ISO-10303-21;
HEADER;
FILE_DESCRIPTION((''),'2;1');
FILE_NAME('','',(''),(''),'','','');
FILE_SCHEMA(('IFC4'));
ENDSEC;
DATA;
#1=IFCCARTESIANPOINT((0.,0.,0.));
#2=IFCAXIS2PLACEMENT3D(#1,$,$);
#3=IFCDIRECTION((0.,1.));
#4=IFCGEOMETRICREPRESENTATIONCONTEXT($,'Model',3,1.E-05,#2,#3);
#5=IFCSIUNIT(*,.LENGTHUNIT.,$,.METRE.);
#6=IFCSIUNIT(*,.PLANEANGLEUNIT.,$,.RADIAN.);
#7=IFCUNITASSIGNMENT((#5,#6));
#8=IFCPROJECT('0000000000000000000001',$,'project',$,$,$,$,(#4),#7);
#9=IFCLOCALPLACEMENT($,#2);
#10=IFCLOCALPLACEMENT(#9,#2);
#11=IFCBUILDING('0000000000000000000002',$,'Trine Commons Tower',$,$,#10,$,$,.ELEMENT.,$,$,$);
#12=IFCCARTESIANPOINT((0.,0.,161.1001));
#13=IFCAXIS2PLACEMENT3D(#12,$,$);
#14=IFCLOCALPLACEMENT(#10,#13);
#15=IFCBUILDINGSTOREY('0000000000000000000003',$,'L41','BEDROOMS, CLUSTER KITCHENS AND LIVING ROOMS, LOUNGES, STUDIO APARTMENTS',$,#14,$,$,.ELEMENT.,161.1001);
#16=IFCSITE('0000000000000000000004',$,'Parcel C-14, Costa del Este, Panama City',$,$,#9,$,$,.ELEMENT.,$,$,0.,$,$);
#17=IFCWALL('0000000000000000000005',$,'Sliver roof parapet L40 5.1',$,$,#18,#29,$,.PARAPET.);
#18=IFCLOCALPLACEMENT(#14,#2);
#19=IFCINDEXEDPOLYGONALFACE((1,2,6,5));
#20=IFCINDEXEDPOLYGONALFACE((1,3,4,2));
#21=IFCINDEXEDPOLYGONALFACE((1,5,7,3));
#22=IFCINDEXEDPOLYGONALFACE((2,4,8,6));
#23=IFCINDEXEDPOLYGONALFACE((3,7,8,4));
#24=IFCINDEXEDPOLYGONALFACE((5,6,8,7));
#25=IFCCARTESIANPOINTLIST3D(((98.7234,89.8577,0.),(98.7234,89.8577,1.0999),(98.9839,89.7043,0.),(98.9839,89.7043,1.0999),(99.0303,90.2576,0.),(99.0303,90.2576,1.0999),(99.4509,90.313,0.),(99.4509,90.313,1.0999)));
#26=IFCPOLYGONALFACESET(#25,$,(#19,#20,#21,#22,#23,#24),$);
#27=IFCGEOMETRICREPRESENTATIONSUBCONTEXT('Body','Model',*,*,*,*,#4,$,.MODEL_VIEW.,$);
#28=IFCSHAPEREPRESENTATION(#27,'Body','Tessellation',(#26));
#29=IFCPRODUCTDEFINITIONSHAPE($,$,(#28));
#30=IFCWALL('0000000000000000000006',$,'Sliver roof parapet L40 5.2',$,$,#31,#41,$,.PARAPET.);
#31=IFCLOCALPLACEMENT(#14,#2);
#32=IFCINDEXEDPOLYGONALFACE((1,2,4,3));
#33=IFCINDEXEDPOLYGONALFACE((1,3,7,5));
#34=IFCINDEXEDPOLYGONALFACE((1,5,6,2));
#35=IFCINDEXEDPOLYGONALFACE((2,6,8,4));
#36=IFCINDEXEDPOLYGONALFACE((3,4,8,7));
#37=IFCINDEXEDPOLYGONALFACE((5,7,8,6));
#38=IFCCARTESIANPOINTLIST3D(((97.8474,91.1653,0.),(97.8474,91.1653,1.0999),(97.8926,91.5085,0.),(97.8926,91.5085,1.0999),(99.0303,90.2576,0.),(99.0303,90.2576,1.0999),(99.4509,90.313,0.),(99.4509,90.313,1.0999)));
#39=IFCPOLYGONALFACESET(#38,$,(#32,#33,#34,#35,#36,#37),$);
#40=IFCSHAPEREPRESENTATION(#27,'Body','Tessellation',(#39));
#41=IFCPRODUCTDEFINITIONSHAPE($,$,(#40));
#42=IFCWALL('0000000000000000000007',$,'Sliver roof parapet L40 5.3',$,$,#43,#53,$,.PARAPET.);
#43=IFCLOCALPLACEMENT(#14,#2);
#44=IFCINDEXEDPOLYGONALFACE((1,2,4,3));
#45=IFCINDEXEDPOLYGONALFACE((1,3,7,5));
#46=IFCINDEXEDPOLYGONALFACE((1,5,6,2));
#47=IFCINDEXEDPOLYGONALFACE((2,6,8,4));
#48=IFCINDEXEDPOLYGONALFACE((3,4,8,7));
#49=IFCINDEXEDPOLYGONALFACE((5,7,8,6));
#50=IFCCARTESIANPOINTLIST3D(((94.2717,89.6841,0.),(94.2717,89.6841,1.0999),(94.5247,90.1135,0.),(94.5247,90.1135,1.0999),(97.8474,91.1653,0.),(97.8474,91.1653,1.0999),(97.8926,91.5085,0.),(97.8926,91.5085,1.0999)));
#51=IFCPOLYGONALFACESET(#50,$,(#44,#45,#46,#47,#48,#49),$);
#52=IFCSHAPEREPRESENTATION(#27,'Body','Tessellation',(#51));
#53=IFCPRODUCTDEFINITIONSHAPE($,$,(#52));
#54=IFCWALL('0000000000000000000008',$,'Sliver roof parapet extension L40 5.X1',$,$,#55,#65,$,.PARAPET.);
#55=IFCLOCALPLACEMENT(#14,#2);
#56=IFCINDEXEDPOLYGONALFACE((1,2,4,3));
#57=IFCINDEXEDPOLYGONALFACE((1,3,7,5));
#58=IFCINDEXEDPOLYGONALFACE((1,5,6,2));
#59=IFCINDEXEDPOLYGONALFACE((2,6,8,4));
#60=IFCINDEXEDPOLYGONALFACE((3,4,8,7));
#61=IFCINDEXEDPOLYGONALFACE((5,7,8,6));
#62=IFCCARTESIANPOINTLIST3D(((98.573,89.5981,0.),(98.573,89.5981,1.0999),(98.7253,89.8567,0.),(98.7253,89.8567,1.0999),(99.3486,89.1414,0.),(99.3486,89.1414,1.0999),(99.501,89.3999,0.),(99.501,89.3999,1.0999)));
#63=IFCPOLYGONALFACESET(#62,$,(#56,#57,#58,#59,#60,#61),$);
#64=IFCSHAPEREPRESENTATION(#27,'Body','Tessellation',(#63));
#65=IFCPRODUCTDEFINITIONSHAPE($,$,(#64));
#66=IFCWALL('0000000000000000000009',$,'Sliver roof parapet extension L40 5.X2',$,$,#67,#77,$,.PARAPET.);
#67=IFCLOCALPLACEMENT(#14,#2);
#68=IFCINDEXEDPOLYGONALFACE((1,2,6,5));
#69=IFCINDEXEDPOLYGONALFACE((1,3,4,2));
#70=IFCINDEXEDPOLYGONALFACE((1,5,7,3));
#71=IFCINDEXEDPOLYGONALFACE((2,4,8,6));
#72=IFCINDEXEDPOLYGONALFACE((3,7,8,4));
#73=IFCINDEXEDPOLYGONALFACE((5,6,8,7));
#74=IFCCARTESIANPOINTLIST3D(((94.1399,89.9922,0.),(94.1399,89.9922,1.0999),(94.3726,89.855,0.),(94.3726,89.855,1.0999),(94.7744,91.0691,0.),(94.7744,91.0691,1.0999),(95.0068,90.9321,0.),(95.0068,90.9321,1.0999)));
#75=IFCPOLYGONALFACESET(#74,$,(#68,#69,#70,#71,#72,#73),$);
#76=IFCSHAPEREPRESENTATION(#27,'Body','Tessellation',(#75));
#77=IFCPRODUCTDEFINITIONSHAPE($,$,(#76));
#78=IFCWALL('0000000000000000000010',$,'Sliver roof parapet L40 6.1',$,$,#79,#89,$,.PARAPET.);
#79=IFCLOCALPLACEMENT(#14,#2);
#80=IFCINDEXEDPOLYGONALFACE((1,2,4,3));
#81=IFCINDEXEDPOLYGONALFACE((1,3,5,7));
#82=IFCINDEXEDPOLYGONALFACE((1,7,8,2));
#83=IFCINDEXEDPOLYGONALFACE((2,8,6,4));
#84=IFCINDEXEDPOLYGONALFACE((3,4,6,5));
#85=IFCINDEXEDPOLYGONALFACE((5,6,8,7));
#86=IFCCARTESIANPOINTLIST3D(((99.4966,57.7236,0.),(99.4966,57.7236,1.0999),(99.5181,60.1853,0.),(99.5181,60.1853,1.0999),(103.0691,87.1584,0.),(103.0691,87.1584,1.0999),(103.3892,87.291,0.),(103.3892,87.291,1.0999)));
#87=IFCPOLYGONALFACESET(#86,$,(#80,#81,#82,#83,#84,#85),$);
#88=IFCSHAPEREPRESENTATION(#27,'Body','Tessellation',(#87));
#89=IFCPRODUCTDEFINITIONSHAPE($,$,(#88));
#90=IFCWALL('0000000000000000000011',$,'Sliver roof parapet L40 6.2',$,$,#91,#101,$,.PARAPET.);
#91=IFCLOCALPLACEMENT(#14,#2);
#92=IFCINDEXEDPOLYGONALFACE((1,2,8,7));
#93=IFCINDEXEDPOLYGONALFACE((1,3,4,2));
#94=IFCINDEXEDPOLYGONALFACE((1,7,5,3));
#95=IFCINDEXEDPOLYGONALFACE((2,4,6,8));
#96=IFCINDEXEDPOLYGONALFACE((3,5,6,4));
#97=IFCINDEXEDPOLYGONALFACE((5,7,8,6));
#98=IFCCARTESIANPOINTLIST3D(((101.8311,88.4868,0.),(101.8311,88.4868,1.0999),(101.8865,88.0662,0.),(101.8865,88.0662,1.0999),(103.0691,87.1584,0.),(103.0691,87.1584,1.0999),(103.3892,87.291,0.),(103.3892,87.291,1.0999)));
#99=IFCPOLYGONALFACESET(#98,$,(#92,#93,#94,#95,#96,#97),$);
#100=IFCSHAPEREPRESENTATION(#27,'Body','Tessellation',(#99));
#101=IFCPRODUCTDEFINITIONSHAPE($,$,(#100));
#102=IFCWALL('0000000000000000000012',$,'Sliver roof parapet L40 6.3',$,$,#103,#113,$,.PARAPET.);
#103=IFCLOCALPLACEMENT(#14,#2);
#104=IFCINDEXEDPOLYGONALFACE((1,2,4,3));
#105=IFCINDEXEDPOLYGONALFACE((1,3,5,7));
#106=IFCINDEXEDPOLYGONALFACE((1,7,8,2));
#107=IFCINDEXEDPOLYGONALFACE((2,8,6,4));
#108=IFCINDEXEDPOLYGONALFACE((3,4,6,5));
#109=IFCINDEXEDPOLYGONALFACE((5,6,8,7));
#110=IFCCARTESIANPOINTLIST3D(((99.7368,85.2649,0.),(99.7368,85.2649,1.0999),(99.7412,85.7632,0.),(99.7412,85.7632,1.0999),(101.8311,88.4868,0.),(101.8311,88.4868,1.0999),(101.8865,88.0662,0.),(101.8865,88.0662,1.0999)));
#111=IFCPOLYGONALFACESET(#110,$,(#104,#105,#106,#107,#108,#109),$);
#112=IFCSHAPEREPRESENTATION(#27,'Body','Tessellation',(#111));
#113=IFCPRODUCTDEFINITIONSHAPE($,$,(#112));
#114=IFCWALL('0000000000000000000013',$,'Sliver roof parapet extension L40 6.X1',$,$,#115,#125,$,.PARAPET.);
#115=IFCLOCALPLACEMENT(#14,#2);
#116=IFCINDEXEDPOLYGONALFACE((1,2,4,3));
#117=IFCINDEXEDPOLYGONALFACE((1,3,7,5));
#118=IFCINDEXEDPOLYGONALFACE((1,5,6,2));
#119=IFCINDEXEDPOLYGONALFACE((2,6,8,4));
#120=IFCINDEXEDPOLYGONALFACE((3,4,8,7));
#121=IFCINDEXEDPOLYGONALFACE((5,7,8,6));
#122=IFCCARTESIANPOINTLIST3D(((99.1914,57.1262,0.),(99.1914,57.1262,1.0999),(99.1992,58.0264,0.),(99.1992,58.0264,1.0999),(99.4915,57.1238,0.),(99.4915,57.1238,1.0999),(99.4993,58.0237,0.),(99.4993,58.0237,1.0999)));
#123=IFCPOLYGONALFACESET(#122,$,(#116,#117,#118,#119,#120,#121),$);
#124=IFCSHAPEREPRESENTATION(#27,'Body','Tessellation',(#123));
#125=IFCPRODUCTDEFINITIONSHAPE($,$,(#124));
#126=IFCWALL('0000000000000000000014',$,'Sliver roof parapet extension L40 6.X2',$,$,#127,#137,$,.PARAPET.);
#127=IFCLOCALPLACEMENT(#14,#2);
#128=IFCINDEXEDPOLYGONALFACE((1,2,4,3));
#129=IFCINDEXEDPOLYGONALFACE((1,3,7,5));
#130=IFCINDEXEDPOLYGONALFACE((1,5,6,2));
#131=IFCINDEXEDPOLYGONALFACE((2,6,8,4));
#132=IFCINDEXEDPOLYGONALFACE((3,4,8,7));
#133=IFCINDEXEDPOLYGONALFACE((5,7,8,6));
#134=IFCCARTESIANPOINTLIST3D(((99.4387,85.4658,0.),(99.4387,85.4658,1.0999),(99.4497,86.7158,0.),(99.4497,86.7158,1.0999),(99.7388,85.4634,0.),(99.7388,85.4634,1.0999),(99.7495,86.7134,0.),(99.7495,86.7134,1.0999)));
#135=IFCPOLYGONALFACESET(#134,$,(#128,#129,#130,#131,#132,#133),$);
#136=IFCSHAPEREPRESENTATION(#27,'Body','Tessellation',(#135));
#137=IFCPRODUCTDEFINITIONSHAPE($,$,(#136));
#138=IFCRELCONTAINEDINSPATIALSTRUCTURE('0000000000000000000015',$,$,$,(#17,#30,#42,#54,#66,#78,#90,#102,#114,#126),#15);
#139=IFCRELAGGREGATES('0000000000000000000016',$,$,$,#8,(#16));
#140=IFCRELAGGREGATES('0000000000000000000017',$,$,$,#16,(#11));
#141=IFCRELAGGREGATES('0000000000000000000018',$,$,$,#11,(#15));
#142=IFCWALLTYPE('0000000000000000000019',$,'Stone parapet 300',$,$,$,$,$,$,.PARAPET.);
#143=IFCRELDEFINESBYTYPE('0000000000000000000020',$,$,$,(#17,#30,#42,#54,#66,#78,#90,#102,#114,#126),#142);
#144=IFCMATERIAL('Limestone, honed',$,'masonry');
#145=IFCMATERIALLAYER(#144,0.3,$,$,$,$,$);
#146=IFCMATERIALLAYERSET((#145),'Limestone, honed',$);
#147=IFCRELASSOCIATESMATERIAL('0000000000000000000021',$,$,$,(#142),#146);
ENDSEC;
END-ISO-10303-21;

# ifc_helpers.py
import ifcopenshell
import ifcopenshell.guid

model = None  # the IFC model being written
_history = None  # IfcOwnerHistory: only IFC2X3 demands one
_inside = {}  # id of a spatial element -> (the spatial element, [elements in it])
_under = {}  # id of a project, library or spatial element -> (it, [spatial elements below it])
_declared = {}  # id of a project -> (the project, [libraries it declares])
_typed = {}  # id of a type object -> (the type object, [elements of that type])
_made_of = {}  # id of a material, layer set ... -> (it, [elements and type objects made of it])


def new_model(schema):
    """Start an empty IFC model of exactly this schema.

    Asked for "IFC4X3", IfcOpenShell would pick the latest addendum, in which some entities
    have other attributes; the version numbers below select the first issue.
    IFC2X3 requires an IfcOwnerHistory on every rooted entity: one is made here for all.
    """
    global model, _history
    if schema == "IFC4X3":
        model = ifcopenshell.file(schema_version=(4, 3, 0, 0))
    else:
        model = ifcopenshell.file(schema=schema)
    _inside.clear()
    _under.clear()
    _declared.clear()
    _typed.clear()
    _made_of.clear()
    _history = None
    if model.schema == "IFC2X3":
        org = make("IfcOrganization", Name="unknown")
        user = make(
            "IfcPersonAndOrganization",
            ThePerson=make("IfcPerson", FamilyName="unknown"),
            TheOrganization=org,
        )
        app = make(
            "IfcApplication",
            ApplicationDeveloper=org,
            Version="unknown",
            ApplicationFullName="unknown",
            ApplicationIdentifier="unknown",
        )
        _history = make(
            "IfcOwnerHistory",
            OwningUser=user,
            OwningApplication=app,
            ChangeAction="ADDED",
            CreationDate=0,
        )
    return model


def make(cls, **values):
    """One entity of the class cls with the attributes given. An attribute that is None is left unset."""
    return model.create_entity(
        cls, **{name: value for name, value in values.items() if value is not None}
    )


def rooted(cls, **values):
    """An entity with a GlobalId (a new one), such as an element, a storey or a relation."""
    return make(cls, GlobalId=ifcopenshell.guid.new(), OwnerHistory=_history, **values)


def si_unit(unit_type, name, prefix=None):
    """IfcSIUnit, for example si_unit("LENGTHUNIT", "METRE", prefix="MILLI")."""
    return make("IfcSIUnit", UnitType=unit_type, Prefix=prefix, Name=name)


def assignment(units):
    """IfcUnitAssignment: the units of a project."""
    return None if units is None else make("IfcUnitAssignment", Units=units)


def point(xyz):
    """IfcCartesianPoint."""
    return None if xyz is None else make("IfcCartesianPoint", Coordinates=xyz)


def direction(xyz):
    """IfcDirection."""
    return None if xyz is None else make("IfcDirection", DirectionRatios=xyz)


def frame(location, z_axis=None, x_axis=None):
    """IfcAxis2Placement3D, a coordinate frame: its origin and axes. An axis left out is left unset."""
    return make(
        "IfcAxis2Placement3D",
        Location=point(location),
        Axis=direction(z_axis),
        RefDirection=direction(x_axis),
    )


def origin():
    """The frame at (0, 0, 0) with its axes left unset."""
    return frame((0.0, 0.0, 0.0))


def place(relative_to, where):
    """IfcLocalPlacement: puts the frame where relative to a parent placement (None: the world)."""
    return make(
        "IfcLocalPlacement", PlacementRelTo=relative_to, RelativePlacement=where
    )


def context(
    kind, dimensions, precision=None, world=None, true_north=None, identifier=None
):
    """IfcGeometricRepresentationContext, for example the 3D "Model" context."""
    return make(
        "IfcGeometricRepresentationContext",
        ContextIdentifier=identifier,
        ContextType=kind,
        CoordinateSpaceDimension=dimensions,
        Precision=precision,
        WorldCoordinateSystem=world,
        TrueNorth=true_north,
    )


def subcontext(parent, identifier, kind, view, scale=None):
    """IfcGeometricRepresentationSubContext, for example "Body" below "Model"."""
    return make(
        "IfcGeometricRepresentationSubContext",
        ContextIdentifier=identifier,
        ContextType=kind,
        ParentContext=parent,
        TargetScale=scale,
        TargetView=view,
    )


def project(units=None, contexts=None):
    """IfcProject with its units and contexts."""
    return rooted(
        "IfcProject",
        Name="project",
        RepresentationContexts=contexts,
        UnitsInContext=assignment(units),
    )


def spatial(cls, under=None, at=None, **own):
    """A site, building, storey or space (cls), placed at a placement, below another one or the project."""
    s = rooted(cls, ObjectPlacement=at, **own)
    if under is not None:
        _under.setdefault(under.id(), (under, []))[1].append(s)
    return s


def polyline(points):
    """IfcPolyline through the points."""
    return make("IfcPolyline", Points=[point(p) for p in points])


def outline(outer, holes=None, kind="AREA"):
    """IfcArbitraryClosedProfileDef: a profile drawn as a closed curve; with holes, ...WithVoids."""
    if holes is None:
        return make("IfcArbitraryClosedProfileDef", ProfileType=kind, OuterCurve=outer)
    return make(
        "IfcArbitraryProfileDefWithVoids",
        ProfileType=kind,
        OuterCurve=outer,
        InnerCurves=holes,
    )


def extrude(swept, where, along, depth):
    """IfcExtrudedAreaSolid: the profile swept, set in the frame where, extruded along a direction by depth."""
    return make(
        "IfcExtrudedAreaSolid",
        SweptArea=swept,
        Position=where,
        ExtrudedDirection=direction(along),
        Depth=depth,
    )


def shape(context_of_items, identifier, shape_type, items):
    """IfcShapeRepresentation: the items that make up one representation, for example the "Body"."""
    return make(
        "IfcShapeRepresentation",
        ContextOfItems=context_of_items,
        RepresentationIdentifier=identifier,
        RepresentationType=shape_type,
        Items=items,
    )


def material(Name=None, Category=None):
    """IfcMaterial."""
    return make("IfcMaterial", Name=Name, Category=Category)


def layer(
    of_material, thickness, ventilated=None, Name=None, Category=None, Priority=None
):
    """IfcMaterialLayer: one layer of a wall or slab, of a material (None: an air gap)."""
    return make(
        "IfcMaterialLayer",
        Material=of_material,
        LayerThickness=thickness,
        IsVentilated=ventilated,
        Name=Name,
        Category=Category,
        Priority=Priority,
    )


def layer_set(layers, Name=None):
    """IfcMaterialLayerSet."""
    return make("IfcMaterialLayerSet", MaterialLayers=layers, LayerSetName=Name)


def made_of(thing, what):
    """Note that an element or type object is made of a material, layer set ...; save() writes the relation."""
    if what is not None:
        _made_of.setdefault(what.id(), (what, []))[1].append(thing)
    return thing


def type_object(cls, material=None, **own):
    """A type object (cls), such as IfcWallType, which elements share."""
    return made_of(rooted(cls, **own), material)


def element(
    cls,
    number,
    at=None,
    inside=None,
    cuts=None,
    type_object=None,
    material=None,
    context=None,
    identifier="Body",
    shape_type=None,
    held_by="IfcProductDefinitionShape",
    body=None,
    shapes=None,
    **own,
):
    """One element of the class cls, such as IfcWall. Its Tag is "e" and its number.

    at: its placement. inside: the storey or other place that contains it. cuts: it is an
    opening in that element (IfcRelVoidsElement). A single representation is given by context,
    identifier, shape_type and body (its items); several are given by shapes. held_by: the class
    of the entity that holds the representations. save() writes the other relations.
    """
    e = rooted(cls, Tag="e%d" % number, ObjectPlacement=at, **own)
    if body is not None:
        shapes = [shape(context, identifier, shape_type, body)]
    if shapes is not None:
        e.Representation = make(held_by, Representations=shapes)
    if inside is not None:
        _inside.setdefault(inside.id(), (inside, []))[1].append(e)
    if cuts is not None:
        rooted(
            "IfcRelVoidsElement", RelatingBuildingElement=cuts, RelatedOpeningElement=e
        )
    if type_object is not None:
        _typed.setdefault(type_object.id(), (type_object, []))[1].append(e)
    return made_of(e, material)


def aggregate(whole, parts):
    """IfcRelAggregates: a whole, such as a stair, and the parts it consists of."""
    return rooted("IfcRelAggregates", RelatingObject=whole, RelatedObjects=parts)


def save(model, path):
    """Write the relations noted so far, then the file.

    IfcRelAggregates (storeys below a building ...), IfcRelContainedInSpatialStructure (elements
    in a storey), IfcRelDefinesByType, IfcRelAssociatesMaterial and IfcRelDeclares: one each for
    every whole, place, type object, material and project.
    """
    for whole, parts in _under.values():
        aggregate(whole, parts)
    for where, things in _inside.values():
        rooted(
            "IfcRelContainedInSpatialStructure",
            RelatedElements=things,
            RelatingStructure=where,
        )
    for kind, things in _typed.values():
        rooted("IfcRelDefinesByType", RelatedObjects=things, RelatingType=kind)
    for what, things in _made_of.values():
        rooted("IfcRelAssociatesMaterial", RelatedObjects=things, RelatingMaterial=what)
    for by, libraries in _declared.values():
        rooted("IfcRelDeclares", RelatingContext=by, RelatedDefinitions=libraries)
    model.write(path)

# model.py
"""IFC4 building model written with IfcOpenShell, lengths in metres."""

from ifc_helpers import new_model, si_unit, direction, frame, origin, place, context, subcontext, project, spatial, polyline, outline, extrude, material, layer, layer_set, type_object, element, save


model = new_model("IFC4")

# Units and contexts
model_context = context("Model", 3, precision=1e-05, world=origin(), true_north=direction((0.0, 1.0)))
body_context = subcontext(model_context, "Body", "Model", "MODEL_VIEW")
ifc_project = project(units=[si_unit("LENGTHUNIT", "METRE"), si_unit("PLANEANGLEUNIT", "RADIAN")], contexts=[model_context])

# Site, building, storey
site_placement = place(None, origin())
site = spatial("IfcSite", under=ifc_project, at=site_placement, Name="Parcel C-14, Costa del Este, Panama City", CompositionType="ELEMENT", RefElevation=0.0)
building_placement = place(site_placement, origin())
building = spatial("IfcBuilding", under=site, at=building_placement, Name="Trine Commons Tower", CompositionType="ELEMENT")
storey_placement = place(building_placement, frame((0.0, 0.0, 161.1001)))
storey = spatial("IfcBuildingStorey", under=building, at=storey_placement, Name="L41", Description="BEDROOMS, CLUSTER KITCHENS AND LIVING ROOMS, LOUNGES, STUDIO APARTMENTS", CompositionType="ELEMENT", Elevation=161.1001)

# Walls
ifc_material_1 = material(Name="Limestone, honed", Category="masonry")
ifc_layer_1 = layer(ifc_material_1, 0.3)
ifc_layer_set_1 = layer_set([ifc_layer_1], Name="Limestone, honed")
wall_type = type_object("IfcWallType", Name="Stone parapet 300", PredefinedType="PARAPET", material=ifc_layer_set_1)
wall_1_placement = place(storey_placement, origin())
element("IfcWall", 1, at=wall_1_placement, inside=storey, type_object=wall_type, Name="Sliver roof parapet L40 5.1", PredefinedType="PARAPET", context=body_context, shape_type="SweptSolid", body=[
    extrude(outline(polyline([(98.9839, 89.7043), (99.4509, 90.313), (99.0303, 90.2576), (98.7234, 89.8577), (98.9839, 89.7043)])), origin(), (0.0, 0.0, 1.0), 1.0999),
])
wall_2_placement = place(storey_placement, origin())
element("IfcWall", 2, at=wall_2_placement, inside=storey, type_object=wall_type, Name="Sliver roof parapet L40 5.2", PredefinedType="PARAPET", context=body_context, shape_type="SweptSolid", body=[
    extrude(outline(polyline([(99.4509, 90.313), (97.8926, 91.5085), (97.8474, 91.1653), (99.0303, 90.2576), (99.4509, 90.313)])), origin(), (0.0, 0.0, 1.0), 1.0999),
])
wall_3_placement = place(storey_placement, origin())
element("IfcWall", 3, at=wall_3_placement, inside=storey, type_object=wall_type, Name="Sliver roof parapet L40 5.3", PredefinedType="PARAPET", context=body_context, shape_type="SweptSolid", body=[
    extrude(outline(polyline([(97.8926, 91.5085), (94.5247, 90.1135), (94.2717, 89.6841), (97.8474, 91.1653), (97.8926, 91.5085)])), origin(), (0.0, 0.0, 1.0), 1.0999),
])
wall_4_placement = place(storey_placement, origin())
element("IfcWall", 4, at=wall_4_placement, inside=storey, type_object=wall_type, Name="Sliver roof parapet extension L40 5.X1", PredefinedType="PARAPET", context=body_context, shape_type="SweptSolid", body=[
    extrude(outline(polyline([(99.3486, 89.1414), (99.501, 89.3999), (98.7253, 89.8567), (98.573, 89.5981), (99.3486, 89.1414)])), origin(), (0.0, 0.0, 1.0), 1.0999),
])
wall_5_placement = place(storey_placement, origin())
element("IfcWall", 5, at=wall_5_placement, inside=storey, type_object=wall_type, Name="Sliver roof parapet extension L40 5.X2", PredefinedType="PARAPET", context=body_context, shape_type="SweptSolid", body=[
    extrude(outline(polyline([(94.1399, 89.9922), (94.3726, 89.855), (95.0068, 90.9321), (94.7744, 91.0691), (94.1399, 89.9922)])), origin(), (0.0, 0.0, 1.0), 1.0999),
])
wall_6_placement = place(storey_placement, origin())
element("IfcWall", 6, at=wall_6_placement, inside=storey, type_object=wall_type, Name="Sliver roof parapet L40 6.1", PredefinedType="PARAPET", context=body_context, shape_type="SweptSolid", body=[
    extrude(outline(polyline([(99.4966, 57.7236), (103.3892, 87.291), (103.0691, 87.1584), (99.5181, 60.1853), (99.5181, 60.1853), (99.4966, 57.7236)])), origin(), (0.0, 0.0, 1.0), 1.0999),
])
wall_7_placement = place(storey_placement, origin())
element("IfcWall", 7, at=wall_7_placement, inside=storey, type_object=wall_type, Name="Sliver roof parapet L40 6.2", PredefinedType="PARAPET", context=body_context, shape_type="SweptSolid", body=[
    extrude(outline(polyline([(103.3892, 87.291), (101.8311, 88.4868), (101.8865, 88.0662), (103.0691, 87.1584), (103.3892, 87.291)])), origin(), (0.0, 0.0, 1.0), 1.0999),
])
wall_8_placement = place(storey_placement, origin())
element("IfcWall", 8, at=wall_8_placement, inside=storey, type_object=wall_type, Name="Sliver roof parapet L40 6.3", PredefinedType="PARAPET", context=body_context, shape_type="SweptSolid", body=[
    extrude(outline(polyline([(101.8311, 88.4868), (99.7412, 85.7632), (99.7368, 85.2649), (101.8865, 88.0662), (101.8311, 88.4868)])), origin(), (0.0, 0.0, 1.0), 1.0999),
])
wall_9_placement = place(storey_placement, origin())
element("IfcWall", 9, at=wall_9_placement, inside=storey, type_object=wall_type, Name="Sliver roof parapet extension L40 6.X1", PredefinedType="PARAPET", context=body_context, shape_type="SweptSolid", body=[
    extrude(outline(polyline([(99.1914, 57.1262), (99.4915, 57.1238), (99.4993, 58.0237), (99.1992, 58.0264), (99.1914, 57.1262)])), origin(), (0.0, 0.0, 1.0), 1.0999),
])
wall_10_placement = place(storey_placement, origin())
element("IfcWall", 10, at=wall_10_placement, inside=storey, type_object=wall_type, Name="Sliver roof parapet extension L40 6.X2", PredefinedType="PARAPET", context=body_context, shape_type="SweptSolid", body=[
    extrude(outline(polyline([(99.4387, 85.4658), (99.7388, 85.4634), (99.7495, 86.7134), (99.4497, 86.7158), (99.4387, 85.4658)])), origin(), (0.0, 0.0, 1.0), 1.0999),
])

save(model, "model.ifc")
